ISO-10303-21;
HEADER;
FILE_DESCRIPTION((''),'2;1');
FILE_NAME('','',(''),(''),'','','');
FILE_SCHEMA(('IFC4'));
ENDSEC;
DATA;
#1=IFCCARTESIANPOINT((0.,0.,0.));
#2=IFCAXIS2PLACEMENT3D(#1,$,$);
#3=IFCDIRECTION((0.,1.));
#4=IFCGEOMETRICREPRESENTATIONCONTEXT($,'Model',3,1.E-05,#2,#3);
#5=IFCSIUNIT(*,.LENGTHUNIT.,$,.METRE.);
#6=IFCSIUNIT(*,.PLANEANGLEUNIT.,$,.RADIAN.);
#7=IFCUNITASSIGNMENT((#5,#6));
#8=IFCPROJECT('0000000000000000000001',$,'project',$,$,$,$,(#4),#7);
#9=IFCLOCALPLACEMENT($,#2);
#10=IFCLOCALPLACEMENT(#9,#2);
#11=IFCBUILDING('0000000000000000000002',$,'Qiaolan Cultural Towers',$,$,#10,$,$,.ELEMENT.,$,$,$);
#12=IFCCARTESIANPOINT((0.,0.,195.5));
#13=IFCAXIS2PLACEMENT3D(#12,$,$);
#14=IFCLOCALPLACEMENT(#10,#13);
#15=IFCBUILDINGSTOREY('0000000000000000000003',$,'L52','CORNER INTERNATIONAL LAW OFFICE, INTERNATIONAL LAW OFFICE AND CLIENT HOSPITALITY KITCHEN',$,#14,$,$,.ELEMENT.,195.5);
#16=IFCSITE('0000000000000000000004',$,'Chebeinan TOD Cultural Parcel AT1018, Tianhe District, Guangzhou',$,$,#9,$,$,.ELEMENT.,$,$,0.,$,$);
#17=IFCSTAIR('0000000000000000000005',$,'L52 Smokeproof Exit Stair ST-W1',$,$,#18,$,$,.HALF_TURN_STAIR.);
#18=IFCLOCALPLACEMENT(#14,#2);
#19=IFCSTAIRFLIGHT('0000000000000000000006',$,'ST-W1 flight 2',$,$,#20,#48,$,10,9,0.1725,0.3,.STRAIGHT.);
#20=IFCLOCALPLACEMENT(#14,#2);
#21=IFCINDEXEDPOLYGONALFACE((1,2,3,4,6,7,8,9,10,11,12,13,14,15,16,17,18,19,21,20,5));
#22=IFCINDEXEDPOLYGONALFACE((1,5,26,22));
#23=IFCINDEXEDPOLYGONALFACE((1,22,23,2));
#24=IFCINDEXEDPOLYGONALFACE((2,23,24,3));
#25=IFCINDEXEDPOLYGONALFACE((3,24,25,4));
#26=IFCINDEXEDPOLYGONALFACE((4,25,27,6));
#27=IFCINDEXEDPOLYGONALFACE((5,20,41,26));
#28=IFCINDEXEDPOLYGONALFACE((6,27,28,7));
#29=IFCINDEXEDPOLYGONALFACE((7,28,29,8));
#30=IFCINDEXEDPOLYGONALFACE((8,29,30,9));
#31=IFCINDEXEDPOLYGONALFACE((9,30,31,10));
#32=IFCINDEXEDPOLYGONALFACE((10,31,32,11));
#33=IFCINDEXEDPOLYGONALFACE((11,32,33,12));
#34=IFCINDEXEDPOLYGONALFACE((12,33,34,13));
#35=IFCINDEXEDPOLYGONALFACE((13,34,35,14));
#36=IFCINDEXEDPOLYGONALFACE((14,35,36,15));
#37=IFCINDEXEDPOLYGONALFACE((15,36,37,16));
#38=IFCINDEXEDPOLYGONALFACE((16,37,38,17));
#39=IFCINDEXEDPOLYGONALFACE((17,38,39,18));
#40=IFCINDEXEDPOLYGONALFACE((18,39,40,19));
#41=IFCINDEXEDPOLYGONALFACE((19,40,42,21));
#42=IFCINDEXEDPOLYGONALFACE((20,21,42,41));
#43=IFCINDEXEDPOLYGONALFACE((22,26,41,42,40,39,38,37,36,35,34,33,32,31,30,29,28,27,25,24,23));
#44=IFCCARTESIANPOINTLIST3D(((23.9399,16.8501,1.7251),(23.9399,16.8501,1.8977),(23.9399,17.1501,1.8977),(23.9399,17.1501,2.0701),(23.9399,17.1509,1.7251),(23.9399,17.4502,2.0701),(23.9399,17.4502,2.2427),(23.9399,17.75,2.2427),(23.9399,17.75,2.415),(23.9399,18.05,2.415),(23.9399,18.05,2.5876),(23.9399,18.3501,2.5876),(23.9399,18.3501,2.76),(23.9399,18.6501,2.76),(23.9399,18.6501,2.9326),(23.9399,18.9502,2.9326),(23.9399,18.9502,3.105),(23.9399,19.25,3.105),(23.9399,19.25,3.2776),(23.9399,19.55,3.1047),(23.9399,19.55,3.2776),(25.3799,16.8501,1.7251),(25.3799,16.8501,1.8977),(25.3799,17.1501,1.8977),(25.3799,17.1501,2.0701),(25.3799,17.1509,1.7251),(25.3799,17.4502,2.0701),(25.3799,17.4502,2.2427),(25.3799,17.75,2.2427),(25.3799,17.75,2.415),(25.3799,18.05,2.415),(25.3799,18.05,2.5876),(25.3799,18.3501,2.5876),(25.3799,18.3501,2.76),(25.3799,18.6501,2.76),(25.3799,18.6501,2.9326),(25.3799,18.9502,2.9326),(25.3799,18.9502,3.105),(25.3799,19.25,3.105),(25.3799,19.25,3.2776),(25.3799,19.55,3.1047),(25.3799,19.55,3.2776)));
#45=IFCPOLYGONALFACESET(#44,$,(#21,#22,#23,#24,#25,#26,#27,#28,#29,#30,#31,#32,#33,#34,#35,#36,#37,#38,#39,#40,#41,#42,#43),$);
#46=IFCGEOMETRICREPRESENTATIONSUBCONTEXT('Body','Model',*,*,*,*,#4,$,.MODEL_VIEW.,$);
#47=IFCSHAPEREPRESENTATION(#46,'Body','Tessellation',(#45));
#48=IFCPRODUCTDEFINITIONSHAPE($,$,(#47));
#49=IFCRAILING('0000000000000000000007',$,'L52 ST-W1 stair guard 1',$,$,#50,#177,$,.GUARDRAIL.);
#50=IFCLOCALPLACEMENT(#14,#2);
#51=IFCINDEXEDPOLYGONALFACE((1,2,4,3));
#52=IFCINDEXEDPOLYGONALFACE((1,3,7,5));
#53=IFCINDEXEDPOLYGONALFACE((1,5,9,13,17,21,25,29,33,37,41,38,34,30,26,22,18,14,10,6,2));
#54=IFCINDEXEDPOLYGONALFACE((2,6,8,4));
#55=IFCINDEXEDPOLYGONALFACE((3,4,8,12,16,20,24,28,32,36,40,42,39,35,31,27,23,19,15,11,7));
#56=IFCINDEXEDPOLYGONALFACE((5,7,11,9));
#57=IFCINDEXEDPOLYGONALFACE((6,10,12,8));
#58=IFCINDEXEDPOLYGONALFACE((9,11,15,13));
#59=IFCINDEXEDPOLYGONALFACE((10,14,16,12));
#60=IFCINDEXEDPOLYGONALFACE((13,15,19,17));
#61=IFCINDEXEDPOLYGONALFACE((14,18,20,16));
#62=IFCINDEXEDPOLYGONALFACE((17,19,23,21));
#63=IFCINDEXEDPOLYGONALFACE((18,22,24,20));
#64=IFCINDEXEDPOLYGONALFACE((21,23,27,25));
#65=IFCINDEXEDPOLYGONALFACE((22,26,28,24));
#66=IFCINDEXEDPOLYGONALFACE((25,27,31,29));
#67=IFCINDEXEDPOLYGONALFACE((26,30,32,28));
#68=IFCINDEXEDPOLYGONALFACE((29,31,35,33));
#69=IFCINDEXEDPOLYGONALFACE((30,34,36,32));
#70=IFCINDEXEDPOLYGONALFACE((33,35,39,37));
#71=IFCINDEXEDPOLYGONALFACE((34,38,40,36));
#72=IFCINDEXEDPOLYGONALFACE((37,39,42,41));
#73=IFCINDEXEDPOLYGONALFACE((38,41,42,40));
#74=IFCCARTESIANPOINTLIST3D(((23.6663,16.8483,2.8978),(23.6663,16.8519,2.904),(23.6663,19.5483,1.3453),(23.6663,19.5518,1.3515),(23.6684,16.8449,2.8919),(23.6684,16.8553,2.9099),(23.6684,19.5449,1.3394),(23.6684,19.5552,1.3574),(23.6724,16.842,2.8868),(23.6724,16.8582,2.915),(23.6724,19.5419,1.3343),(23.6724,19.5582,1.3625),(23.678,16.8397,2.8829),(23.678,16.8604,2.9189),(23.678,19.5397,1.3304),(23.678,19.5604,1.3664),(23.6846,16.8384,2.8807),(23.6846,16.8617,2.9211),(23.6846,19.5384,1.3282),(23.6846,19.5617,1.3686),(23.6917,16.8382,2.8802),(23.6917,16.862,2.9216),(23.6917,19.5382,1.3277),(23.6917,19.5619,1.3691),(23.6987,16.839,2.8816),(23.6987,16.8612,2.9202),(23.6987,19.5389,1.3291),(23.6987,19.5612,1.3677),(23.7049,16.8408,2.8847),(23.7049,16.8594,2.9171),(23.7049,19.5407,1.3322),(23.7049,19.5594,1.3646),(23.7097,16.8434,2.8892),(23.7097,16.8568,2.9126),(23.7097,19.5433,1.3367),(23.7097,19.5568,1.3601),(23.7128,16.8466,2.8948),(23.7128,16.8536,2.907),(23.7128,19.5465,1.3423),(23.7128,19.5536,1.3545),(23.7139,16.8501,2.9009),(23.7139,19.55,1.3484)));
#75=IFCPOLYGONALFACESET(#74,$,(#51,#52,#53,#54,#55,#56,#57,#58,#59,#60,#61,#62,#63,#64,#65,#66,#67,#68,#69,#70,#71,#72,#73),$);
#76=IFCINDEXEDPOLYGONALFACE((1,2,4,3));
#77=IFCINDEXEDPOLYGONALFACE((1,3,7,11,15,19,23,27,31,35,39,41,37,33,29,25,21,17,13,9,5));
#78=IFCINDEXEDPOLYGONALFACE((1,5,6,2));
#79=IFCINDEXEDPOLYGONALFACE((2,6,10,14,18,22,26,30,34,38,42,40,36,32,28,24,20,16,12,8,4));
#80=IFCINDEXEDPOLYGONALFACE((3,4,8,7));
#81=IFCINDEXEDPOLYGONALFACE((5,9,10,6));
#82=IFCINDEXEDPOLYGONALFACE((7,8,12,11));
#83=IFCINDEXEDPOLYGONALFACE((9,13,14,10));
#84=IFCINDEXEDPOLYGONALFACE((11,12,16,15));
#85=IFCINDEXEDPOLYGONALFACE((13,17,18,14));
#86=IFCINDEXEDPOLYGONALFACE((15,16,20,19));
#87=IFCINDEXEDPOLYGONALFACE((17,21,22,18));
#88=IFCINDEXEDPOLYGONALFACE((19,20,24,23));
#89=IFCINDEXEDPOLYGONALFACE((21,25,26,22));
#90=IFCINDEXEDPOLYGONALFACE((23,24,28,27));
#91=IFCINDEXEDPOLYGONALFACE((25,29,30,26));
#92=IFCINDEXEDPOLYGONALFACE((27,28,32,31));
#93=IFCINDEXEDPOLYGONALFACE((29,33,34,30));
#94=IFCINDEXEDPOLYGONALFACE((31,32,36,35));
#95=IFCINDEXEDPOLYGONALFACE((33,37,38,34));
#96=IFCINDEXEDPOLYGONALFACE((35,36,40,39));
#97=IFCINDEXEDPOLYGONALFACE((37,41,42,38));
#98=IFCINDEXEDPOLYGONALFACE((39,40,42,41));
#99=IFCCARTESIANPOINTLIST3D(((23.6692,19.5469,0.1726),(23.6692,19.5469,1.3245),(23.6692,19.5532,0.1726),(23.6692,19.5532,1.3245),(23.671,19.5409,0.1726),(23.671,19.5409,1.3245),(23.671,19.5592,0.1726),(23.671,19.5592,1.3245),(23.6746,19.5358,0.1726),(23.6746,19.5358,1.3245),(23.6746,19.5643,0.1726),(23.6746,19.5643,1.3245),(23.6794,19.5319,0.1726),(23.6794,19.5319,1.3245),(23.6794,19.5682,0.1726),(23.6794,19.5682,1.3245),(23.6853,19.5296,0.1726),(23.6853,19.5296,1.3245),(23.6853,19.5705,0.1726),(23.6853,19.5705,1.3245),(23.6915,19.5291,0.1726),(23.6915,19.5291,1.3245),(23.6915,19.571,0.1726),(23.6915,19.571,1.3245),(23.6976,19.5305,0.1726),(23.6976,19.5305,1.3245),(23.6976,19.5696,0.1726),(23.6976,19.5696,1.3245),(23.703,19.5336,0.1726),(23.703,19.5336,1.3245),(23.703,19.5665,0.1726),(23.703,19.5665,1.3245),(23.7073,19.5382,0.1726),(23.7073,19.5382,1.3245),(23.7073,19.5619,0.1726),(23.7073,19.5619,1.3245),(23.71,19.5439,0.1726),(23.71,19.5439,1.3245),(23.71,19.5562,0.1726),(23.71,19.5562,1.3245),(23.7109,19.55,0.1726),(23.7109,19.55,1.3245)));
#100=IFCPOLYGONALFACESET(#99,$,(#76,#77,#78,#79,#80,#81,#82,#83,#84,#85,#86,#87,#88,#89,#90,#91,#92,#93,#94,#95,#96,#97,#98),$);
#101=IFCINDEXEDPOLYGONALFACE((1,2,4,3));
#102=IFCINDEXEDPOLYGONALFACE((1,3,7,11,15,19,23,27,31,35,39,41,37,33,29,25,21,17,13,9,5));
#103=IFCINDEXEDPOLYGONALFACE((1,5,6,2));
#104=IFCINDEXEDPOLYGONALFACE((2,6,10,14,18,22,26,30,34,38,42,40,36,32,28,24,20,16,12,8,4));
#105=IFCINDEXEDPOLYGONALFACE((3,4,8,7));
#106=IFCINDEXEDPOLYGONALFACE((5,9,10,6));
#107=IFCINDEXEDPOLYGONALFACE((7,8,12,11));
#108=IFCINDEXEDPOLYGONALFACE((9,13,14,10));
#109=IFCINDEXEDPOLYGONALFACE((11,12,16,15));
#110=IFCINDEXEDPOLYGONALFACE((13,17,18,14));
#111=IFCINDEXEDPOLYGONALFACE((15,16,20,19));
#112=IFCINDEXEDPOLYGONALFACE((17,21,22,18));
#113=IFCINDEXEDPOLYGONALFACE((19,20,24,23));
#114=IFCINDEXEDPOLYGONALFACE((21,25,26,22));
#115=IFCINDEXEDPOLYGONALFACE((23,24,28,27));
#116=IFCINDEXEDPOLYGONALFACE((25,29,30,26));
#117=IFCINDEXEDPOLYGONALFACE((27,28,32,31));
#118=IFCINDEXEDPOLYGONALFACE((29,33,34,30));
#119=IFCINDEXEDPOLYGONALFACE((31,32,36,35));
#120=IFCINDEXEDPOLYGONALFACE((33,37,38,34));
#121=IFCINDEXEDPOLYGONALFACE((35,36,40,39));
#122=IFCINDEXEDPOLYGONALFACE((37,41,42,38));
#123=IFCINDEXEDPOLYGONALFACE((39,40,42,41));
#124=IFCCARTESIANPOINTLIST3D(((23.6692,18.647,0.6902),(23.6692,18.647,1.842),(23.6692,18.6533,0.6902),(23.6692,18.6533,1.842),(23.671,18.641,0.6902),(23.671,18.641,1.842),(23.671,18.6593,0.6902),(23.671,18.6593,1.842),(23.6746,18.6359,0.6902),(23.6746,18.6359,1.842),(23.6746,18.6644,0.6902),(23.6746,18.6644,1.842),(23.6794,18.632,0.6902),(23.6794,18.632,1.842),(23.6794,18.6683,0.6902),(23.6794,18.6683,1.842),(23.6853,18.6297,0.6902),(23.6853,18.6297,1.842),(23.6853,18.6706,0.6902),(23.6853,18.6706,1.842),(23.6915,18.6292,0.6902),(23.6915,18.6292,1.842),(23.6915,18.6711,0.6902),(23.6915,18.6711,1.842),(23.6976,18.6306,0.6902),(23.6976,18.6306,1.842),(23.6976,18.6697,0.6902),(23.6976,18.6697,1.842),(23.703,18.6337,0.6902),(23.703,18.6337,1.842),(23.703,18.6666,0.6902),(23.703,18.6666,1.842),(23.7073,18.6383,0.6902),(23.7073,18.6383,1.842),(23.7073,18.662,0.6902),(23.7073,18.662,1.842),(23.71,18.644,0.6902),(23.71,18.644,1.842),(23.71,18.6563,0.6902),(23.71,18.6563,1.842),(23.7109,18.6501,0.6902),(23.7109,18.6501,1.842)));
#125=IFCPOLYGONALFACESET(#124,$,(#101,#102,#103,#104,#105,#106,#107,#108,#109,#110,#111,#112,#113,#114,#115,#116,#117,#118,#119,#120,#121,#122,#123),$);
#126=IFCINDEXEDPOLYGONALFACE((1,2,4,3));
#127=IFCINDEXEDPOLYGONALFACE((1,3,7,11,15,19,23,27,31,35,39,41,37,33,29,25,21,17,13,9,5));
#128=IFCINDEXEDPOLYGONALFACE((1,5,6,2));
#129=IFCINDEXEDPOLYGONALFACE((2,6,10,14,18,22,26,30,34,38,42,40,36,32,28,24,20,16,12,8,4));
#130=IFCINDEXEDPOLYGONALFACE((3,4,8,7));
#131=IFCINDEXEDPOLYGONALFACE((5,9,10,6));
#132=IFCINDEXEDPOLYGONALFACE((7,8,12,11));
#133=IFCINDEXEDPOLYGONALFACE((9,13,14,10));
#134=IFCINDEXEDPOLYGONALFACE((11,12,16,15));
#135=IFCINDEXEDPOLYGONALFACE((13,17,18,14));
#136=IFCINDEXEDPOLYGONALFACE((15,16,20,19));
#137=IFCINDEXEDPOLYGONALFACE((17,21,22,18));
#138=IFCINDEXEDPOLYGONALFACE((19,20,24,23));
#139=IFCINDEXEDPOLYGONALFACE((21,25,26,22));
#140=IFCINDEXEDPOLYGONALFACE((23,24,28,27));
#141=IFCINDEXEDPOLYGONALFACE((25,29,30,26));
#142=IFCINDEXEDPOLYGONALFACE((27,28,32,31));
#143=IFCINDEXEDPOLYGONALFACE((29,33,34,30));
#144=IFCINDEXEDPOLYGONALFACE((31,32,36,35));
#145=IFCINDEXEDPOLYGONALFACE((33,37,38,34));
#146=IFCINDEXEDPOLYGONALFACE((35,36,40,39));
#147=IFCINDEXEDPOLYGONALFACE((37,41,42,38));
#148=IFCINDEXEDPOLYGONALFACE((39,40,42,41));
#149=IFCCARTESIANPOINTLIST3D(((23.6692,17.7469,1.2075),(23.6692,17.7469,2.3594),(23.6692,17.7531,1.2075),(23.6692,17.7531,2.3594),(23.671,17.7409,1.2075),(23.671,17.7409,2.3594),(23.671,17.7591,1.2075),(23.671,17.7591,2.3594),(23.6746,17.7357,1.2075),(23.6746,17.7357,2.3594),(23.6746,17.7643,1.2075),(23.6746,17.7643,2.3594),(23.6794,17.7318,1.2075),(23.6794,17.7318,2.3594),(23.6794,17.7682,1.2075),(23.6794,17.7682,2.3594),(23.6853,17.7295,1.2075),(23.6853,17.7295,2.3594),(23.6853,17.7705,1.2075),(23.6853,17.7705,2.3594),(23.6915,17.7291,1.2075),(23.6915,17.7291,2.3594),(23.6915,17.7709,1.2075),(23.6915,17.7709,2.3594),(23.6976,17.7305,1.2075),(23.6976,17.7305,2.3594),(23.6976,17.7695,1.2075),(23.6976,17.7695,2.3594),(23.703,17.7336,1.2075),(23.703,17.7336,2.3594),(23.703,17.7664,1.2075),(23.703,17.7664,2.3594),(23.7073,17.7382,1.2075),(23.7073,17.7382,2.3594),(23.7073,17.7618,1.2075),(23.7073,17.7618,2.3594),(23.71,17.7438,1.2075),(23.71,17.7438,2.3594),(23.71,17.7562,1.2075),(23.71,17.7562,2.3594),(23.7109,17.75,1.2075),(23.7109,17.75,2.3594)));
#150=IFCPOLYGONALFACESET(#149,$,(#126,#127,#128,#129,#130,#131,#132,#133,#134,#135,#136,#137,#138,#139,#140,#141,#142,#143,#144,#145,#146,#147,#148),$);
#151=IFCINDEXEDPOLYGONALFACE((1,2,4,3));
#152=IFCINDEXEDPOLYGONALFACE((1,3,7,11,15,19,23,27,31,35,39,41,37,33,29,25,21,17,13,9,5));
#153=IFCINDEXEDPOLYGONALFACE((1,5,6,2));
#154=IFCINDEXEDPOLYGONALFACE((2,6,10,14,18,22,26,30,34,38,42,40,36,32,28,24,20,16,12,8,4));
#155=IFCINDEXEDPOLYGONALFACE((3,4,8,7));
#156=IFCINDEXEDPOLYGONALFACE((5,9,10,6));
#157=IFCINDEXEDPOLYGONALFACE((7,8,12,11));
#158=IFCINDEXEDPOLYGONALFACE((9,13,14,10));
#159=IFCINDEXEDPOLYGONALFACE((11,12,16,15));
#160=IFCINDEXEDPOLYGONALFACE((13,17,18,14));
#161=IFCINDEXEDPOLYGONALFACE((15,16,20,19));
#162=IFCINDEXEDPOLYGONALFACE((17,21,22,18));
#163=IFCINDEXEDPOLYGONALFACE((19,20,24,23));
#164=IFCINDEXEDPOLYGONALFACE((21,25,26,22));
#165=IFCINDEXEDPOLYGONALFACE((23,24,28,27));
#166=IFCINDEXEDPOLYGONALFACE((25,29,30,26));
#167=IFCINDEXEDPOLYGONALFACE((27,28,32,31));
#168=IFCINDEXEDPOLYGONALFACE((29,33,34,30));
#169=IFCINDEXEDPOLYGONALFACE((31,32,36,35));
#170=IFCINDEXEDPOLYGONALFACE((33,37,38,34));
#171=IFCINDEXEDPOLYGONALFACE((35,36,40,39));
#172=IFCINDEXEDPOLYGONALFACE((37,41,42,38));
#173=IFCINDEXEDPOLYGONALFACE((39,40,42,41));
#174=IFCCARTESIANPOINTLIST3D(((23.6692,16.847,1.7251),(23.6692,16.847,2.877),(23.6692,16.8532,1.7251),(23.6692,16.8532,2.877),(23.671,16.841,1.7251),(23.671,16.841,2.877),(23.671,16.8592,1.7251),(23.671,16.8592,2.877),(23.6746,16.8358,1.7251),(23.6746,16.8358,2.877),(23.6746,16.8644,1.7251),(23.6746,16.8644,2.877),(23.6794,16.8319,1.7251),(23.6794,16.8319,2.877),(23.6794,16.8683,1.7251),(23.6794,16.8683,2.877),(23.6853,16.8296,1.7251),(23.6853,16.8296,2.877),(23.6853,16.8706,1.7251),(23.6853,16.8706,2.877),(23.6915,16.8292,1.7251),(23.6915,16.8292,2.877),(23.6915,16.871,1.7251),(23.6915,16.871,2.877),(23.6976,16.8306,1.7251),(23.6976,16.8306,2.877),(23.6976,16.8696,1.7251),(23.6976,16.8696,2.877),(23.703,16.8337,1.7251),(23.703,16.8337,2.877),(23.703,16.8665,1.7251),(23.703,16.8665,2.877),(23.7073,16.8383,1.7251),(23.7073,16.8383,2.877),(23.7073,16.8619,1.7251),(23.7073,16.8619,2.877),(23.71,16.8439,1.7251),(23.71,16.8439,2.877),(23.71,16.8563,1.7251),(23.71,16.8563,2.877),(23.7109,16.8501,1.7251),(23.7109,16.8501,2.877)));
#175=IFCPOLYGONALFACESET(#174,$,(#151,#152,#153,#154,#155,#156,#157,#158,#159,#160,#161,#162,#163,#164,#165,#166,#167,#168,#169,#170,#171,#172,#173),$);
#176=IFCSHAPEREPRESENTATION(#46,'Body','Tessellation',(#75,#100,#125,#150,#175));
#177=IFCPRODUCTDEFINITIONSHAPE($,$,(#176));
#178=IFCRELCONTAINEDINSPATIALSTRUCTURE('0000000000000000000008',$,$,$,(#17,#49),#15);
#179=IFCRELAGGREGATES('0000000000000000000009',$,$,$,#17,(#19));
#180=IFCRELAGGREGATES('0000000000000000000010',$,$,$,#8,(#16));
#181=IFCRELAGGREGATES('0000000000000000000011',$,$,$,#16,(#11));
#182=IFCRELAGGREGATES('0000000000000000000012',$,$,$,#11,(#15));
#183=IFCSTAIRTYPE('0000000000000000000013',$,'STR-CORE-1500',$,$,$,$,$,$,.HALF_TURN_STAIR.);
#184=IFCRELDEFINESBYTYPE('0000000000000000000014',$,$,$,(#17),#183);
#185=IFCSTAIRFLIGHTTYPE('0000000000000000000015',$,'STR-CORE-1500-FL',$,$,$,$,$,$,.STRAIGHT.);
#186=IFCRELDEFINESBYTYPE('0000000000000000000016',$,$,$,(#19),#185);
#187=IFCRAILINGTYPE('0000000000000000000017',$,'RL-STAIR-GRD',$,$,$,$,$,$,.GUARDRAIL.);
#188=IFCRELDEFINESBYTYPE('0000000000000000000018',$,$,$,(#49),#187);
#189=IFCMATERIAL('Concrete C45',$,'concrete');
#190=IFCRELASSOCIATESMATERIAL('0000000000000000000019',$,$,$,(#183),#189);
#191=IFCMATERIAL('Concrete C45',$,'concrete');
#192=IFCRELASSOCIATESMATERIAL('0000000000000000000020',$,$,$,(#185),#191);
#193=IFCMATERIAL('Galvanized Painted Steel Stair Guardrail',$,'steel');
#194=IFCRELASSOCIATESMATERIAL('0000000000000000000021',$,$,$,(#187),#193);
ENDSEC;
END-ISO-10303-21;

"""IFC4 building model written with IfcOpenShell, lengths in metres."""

from ifc_helpers import new_model, si_unit, direction, frame, origin, origin_2d, place, context, subcontext, project, spatial, polyline, circle, outline, extrude, material, type_object, element, aggregate, save


model = new_model("IFC4")

# Units and contexts
model_context = context("Model", 3, precision=1e-05, world=origin(), true_north=direction((0.0, 1.0)))
body_context = subcontext(model_context, "Body", "Model", "MODEL_VIEW")
ifc_project = project(units=[si_unit("LENGTHUNIT", "METRE"), si_unit("PLANEANGLEUNIT", "RADIAN")], contexts=[model_context])

# Site, building, storey
site_placement = place(None, origin())
site = spatial("IfcSite", under=ifc_project, at=site_placement, Name="Chebeinan TOD Cultural Parcel AT1018, Tianhe District, Guangzhou", CompositionType="ELEMENT", RefElevation=0.0)
building_placement = place(site_placement, origin())
building = spatial("IfcBuilding", under=site, at=building_placement, Name="Qiaolan Cultural Towers", CompositionType="ELEMENT")
storey_placement = place(building_placement, frame((0.0, 0.0, 195.5)))
storey = spatial("IfcBuildingStorey", under=building, at=storey_placement, Name="L52", Description="CORNER INTERNATIONAL LAW OFFICE, INTERNATIONAL LAW OFFICE AND CLIENT HOSPITALITY KITCHEN", CompositionType="ELEMENT", Elevation=195.5)

# Stair, stair flight
ifc_material_1 = material(Name="Concrete C45", Category="concrete")
stair_type = type_object("IfcStairType", Name="STR-CORE-1500", PredefinedType="HALF_TURN_STAIR", material=ifc_material_1)
stair_placement = place(storey_placement, origin())
stair = element("IfcStair", 1, at=stair_placement, inside=storey, type_object=stair_type, Name="L52 Smokeproof Exit Stair ST-W1", PredefinedType="HALF_TURN_STAIR")
ifc_material_2 = material(Name="Concrete C45", Category="concrete")
stair_flight_type = type_object("IfcStairFlightType", Name="STR-CORE-1500-FL", PredefinedType="STRAIGHT", material=ifc_material_2)
stair_flight_1_placement = place(storey_placement, frame((24.6599, 16.8501, 1.7251), z_axis=(0.0, 0.0, 1.0), x_axis=(0.0, 1.0, 0.0)))
stair_flight_1 = element("IfcStairFlight", 2, at=stair_flight_1_placement, type_object=stair_flight_type, Name="ST-W1 flight 2", NumberOfRisers=10, NumberOfTreads=9, PredefinedType="STRAIGHT", RiserHeight=0.1725, TreadLength=0.3, context=body_context, shape_type="SweptSolid", body=[
    extrude(outline(polyline([(0.0, 0.0), (0.0, 0.1726), (0.3, 0.1726), (0.3, 0.345), (0.6001, 0.345), (0.6001, 0.5176), (0.8999, 0.5176), (0.8999, 0.6899), (1.2, 0.6899), (1.2, 0.8625), (1.5, 0.8625), (1.5, 1.0349), (1.8, 1.0349), (1.8, 1.2075), (2.1001, 1.2075), (2.1001, 1.3799), (2.3999, 1.3799), (2.3999, 1.5525), (2.7, 1.5525), (2.7, 1.7251), (2.7, 1.3796), (0.3008, 0.0), (0.0, 0.0)])), frame((0.0, 0.72, 0.0), z_axis=(0.0, -1.0, 0.0), x_axis=(1.0, 0.0, 0.0)), (0.0, 0.0, 1.0), 1.4399),
])
aggregate(stair, [stair_flight_1])

# Railing
ifc_material_3 = material(Name="Galvanized Painted Steel Stair Guardrail", Category="steel")
railing_type_1 = type_object("IfcRailingType", Name="RL-STAIR-GRD", PredefinedType="GUARDRAIL", material=ifc_material_3)
railing_1_placement = place(storey_placement, frame((23.6899, 19.55, 0.1726)))
element("IfcRailing", 3, at=railing_1_placement, inside=storey, type_object=railing_type_1, Name="L52 ST-W1 stair guard 1", PredefinedType="GUARDRAIL", context=body_context, shape_type="SweptSolid", body=[
    extrude(circle(Radius=0.0239, at=origin_2d()), frame((0.0, 0.0, 1.1758), z_axis=(0.0, -0.866904, 0.498476), x_axis=(1.0, 0.0, 0.0)), (0.0, 0.0, 1.0), 3.1145),
    extrude(circle(Radius=0.021, at=origin_2d()), origin(), (0.0, 0.0, 1.0), 1.1519),
    extrude(circle(Radius=0.021, at=origin_2d()), frame((0.0, -0.8999, 0.5176)), (0.0, 0.0, 1.0), 1.1519),
    extrude(circle(Radius=0.021, at=origin_2d()), frame((0.0, -1.8, 1.0349)), (0.0, 0.0, 1.0), 1.1519),
    extrude(circle(Radius=0.021, at=origin_2d()), frame((0.0, -2.7, 1.5525)), (0.0, 0.0, 1.0), 1.1519),
])

save(model, "model.ifc")
